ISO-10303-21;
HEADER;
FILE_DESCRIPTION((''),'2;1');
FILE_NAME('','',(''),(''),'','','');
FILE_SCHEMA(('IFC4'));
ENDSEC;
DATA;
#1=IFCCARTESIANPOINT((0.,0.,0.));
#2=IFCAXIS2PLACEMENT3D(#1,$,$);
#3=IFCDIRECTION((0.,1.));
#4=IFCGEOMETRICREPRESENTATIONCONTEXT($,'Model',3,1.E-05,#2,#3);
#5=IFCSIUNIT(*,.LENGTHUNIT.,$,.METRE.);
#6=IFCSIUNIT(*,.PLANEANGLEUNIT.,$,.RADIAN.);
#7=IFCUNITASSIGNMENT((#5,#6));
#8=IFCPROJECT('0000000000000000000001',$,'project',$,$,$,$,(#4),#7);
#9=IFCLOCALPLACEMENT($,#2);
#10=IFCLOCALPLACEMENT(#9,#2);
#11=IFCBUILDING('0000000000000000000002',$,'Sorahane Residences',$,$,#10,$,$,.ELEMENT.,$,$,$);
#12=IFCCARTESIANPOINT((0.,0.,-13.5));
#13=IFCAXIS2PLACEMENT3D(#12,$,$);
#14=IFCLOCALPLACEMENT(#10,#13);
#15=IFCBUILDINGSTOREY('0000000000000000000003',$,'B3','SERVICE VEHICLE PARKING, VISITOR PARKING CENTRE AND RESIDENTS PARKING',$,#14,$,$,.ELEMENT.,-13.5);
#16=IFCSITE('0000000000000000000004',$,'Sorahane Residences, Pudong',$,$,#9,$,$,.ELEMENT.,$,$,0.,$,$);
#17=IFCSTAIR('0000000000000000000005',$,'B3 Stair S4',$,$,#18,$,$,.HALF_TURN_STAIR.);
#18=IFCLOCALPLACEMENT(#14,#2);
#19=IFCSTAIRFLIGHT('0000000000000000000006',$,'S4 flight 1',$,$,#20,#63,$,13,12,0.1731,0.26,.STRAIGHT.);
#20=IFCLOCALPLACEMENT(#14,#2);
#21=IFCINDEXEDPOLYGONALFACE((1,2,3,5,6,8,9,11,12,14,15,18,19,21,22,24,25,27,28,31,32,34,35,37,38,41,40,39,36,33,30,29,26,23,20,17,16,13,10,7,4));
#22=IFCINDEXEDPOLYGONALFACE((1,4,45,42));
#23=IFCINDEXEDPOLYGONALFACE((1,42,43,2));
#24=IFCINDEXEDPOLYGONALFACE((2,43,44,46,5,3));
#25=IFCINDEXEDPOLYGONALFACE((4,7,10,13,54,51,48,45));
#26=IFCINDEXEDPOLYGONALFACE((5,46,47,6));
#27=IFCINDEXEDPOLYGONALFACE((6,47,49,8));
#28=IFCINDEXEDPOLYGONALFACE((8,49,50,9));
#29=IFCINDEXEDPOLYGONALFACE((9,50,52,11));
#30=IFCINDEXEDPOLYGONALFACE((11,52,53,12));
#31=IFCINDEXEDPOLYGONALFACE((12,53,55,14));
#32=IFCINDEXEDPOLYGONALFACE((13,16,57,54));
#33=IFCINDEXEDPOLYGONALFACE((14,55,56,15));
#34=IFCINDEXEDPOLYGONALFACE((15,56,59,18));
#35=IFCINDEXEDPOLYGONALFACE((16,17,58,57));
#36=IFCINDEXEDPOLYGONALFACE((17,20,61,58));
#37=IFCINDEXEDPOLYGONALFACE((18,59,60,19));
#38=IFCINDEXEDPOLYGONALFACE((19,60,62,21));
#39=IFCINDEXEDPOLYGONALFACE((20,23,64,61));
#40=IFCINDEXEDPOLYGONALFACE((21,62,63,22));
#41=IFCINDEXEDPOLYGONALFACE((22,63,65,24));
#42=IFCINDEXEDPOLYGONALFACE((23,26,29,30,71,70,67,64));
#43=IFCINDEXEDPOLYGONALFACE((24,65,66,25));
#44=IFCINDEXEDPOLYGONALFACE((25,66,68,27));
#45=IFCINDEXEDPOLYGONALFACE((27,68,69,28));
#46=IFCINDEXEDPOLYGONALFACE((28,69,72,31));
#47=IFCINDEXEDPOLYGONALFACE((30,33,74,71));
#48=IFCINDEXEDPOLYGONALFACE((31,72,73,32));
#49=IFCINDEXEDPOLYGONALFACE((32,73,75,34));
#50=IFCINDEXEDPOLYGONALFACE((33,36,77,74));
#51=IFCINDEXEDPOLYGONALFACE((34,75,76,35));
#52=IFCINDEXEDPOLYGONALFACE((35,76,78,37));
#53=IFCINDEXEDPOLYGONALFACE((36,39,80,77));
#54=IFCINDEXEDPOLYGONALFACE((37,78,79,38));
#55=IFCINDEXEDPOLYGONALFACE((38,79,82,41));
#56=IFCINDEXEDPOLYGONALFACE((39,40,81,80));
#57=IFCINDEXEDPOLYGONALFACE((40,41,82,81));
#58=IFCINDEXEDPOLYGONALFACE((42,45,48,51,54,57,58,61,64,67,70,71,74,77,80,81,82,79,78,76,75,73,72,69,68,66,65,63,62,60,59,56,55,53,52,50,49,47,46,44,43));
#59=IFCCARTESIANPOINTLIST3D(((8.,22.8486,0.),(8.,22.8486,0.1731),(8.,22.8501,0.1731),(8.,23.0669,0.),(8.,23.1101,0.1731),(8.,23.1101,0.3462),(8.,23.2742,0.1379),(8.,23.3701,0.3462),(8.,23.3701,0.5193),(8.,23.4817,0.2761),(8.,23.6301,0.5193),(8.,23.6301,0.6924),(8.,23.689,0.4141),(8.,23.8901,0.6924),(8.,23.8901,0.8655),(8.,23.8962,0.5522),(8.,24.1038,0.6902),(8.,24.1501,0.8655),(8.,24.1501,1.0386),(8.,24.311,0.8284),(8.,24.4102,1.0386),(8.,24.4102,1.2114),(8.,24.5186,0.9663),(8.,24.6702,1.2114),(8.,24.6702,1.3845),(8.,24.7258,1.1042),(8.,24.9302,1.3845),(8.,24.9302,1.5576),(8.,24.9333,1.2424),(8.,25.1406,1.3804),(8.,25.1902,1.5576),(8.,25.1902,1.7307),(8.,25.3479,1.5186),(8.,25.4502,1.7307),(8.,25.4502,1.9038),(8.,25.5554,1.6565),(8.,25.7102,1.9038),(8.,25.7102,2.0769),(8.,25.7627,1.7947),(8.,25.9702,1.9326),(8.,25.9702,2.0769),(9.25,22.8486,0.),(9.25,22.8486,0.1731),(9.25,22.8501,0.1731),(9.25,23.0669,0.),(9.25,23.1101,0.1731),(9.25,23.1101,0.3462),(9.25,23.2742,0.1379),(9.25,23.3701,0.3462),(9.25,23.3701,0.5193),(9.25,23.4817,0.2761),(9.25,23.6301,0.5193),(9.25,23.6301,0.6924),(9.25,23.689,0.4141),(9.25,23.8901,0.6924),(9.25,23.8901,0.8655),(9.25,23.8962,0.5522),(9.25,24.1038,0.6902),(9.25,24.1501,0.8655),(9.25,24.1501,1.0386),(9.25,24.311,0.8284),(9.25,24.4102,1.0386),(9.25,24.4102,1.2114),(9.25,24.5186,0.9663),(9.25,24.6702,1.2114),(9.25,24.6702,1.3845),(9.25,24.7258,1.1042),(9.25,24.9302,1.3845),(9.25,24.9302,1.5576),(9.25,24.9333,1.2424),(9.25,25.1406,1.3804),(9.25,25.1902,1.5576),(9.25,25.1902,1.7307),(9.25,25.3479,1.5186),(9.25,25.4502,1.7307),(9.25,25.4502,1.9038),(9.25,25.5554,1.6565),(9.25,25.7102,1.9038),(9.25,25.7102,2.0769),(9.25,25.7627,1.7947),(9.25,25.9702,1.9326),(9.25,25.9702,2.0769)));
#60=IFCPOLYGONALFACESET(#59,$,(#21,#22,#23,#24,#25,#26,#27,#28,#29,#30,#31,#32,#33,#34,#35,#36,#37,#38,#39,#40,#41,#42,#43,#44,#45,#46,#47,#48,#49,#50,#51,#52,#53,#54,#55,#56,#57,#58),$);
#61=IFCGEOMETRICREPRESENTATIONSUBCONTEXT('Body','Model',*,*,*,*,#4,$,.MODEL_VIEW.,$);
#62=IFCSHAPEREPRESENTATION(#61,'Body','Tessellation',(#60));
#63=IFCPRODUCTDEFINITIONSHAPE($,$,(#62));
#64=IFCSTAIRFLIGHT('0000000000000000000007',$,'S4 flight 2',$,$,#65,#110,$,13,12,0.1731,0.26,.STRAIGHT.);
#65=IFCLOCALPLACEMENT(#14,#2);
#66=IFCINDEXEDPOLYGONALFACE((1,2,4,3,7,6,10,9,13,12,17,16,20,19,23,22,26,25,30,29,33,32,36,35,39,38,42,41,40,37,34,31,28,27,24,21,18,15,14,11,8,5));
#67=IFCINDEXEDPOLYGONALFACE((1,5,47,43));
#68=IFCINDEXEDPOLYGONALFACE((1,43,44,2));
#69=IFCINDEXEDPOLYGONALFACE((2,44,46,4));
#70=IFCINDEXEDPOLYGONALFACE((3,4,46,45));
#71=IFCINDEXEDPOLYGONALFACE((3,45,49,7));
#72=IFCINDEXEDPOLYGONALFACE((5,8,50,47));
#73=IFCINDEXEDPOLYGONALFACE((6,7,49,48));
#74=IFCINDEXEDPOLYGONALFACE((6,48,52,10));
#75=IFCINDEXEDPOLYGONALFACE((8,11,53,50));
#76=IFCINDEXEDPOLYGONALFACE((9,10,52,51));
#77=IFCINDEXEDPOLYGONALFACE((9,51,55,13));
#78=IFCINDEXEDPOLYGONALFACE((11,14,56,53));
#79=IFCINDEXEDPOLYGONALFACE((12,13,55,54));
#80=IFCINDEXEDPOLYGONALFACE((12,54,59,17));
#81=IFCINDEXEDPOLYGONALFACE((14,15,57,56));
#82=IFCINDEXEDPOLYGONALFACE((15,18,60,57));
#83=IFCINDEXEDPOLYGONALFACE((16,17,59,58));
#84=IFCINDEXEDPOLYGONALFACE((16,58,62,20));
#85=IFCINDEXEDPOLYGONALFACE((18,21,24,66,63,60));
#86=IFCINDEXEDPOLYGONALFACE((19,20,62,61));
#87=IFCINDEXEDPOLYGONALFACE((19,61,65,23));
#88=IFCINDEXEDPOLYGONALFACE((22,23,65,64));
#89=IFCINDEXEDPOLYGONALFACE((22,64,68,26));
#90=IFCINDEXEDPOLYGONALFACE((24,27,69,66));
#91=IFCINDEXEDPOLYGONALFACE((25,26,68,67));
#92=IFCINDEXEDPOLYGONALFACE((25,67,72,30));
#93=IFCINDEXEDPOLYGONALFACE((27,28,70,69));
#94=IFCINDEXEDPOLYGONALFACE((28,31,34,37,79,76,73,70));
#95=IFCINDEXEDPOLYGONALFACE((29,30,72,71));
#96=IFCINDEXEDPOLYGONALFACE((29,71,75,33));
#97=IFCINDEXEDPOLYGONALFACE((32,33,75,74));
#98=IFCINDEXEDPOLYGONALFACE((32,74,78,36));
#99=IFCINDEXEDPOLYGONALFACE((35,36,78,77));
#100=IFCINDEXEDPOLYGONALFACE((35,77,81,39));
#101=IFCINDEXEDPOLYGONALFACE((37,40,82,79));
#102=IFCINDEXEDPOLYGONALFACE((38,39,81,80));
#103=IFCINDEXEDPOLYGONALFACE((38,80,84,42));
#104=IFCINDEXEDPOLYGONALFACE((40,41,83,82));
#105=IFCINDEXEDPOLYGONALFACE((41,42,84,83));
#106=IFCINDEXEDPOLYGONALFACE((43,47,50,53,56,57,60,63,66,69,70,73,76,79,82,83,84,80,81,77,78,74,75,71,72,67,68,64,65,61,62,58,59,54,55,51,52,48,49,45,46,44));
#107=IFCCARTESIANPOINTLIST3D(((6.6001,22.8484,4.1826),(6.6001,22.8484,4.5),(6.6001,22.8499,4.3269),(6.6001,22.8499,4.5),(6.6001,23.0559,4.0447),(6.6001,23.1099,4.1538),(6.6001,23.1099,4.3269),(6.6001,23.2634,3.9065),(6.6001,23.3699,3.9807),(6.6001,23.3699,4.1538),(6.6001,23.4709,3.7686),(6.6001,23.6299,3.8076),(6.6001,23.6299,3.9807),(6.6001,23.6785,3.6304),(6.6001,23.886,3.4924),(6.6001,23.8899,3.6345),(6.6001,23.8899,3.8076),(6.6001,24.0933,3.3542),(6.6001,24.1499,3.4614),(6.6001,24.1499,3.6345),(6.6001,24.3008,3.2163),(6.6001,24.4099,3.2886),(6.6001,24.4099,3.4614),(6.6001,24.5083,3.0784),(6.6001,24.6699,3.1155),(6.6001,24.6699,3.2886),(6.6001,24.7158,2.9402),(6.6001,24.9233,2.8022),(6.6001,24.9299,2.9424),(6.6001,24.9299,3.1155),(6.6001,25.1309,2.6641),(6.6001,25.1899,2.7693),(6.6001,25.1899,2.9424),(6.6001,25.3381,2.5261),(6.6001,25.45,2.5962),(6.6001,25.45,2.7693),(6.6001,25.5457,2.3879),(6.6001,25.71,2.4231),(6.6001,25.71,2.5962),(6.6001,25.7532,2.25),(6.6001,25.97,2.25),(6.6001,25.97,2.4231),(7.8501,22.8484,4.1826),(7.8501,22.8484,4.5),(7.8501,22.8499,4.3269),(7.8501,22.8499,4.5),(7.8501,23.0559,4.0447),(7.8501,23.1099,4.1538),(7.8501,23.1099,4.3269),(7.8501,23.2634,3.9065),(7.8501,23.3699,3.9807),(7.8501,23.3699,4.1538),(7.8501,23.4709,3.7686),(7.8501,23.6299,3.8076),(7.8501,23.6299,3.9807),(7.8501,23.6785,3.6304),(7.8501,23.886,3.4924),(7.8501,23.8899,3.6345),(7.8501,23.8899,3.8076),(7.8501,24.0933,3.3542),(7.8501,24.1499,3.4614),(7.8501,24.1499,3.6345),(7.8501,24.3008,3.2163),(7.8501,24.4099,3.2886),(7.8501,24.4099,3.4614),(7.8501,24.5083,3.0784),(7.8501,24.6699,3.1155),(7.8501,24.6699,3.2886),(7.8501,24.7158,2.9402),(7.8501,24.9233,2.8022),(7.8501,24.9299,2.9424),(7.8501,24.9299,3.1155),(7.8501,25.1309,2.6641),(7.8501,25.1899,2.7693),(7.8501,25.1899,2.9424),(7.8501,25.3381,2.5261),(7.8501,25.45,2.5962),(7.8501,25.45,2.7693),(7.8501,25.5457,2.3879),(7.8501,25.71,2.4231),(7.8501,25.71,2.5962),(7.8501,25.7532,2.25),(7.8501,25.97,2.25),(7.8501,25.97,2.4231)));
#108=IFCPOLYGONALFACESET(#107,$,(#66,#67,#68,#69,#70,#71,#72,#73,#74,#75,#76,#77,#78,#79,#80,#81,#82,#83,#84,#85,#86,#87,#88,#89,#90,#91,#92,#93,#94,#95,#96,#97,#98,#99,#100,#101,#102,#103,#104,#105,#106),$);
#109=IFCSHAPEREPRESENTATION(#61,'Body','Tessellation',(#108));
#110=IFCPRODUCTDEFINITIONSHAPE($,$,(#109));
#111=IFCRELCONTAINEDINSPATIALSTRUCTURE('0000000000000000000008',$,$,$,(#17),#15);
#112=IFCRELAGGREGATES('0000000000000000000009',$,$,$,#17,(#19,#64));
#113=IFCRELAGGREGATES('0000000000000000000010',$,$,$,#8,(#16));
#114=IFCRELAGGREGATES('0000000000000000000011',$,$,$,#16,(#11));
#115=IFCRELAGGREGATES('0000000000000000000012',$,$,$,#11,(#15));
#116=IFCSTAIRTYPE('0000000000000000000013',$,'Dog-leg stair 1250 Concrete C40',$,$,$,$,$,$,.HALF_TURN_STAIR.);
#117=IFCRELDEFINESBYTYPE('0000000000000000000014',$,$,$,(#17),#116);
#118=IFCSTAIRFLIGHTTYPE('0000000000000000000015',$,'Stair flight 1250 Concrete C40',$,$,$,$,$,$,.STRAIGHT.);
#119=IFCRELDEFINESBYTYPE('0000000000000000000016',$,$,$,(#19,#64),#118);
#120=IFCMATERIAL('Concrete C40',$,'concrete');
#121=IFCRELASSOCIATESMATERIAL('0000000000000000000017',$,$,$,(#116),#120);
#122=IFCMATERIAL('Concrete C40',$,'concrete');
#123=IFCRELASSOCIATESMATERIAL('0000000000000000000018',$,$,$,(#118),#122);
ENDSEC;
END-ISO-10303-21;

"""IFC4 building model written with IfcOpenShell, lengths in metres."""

from ifc_helpers import new_model, si_unit, direction, frame, origin, place, context, subcontext, project, spatial, polyline, outline, extrude, material, type_object, element, aggregate, save


model = new_model("IFC4")

# Units and contexts
model_context = context("Model", 3, precision=1e-05, world=origin(), true_north=direction((0.0, 1.0)))
body_context = subcontext(model_context, "Body", "Model", "MODEL_VIEW")
ifc_project = project(units=[si_unit("LENGTHUNIT", "METRE"), si_unit("PLANEANGLEUNIT", "RADIAN")], contexts=[model_context])

# Site, building, storey
site_placement = place(None, origin())
site = spatial("IfcSite", under=ifc_project, at=site_placement, Name="Sorahane Residences, Pudong", CompositionType="ELEMENT", RefElevation=0.0)
building_placement = place(site_placement, origin())
building = spatial("IfcBuilding", under=site, at=building_placement, Name="Sorahane Residences", CompositionType="ELEMENT")
storey_placement = place(building_placement, frame((0.0, 0.0, -13.5)))
storey = spatial("IfcBuildingStorey", under=building, at=storey_placement, Name="B3", Description="SERVICE VEHICLE PARKING, VISITOR PARKING CENTRE AND RESIDENTS PARKING", CompositionType="ELEMENT", Elevation=-13.5)

# Stair, stair flights
ifc_material_1 = material(Name="Concrete C40", Category="concrete")
stair_type = type_object("IfcStairType", Name="Dog-leg stair 1250 Concrete C40", PredefinedType="HALF_TURN_STAIR", material=ifc_material_1)
stair_placement = place(storey_placement, origin())
stair = element("IfcStair", 1, at=stair_placement, inside=storey, type_object=stair_type, Name="B3 Stair S4", PredefinedType="HALF_TURN_STAIR")
ifc_material_2 = material(Name="Concrete C40", Category="concrete")
stair_flight_type = type_object("IfcStairFlightType", Name="Stair flight 1250 Concrete C40", PredefinedType="STRAIGHT", material=ifc_material_2)
stair_flight_1_placement = place(storey_placement, frame((8.625, 22.8501, 0.0), z_axis=(0.0, 0.0, 1.0), x_axis=(0.0, 1.0, 0.0)))
stair_flight_1 = element("IfcStairFlight", 2, at=stair_flight_1_placement, type_object=stair_flight_type, Name="S4 flight 1", NumberOfRisers=13, NumberOfTreads=12, PredefinedType="STRAIGHT", RiserHeight=0.1731, TreadLength=0.26, context=body_context, shape_type="SweptSolid", body=[
    extrude(outline(polyline([(-0.0015, 0.0), (-0.0015, 0.1731), (0.0, 0.1731), (0.26, 0.1731), (0.26, 0.3462), (0.52, 0.3462), (0.52, 0.5193), (0.78, 0.5193), (0.78, 0.6924), (1.04, 0.6924), (1.04, 0.8655), (1.3, 0.8655), (1.3, 1.0386), (1.5601, 1.0386), (1.5601, 1.2114), (1.8201, 1.2114), (1.8201, 1.3845), (2.0801, 1.3845), (2.0801, 1.5576), (2.3401, 1.5576), (2.3401, 1.7307), (2.6001, 1.7307), (2.6001, 1.9038), (2.8601, 1.9038), (2.8601, 2.0769), (3.1201, 2.0769), (3.1201, 2.25), (3.1201, 1.9326), (2.9126, 1.7947), (2.7053, 1.6565), (2.4978, 1.5186), (2.2905, 1.3804), (2.0833, 1.2424), (1.8757, 1.1042), (1.6685, 0.9663), (1.4609, 0.8284), (1.2537, 0.6902), (1.0461, 0.5522), (0.8389, 0.4141), (0.6316, 0.2761), (0.4241, 0.1379), (0.2168, 0.0), (-0.0015, 0.0)])), frame((0.0, 0.625, 0.0), z_axis=(0.0, -1.0, 0.0), x_axis=(1.0, 0.0, 0.0)), (0.0, 0.0, 1.0), 1.25),
])
stair_flight_2_placement = place(storey_placement, frame((7.2251, 25.97, 2.25), z_axis=(0.0, 0.0, 1.0), x_axis=(0.0, -1.0, 0.0)))
stair_flight_2 = element("IfcStairFlight", 3, at=stair_flight_2_placement, type_object=stair_flight_type, Name="S4 flight 2", NumberOfRisers=13, NumberOfTreads=12, PredefinedType="STRAIGHT", RiserHeight=0.1731, TreadLength=0.26, context=body_context, shape_type="SweptSolid", body=[
    extrude(outline(polyline([(0.0, 0.0), (0.0, 0.1731), (0.26, 0.1731), (0.26, 0.3462), (0.52, 0.3462), (0.52, 0.5193), (0.78, 0.5193), (0.78, 0.6924), (1.04, 0.6924), (1.04, 0.8655), (1.3, 0.8655), (1.3, 1.0386), (1.5601, 1.0386), (1.5601, 1.2114), (1.8201, 1.2114), (1.8201, 1.3845), (2.0801, 1.3845), (2.0801, 1.5576), (2.3401, 1.5576), (2.3401, 1.7307), (2.6001, 1.7307), (2.6001, 1.9038), (2.8601, 1.9038), (2.8601, 2.0769), (3.1201, 2.0769), (3.1201, 2.25), (3.1216, 2.25), (3.1216, 1.9326), (2.9141, 1.7947), (2.7065, 1.6565), (2.499, 1.5186), (2.2915, 1.3804), (2.084, 1.2424), (1.8767, 1.1042), (1.6692, 0.9663), (1.4617, 0.8284), (1.2542, 0.6902), (1.0466, 0.5522), (0.8391, 0.4141), (0.6318, 0.2761), (0.4243, 0.1379), (0.2168, 0.0), (0.0, 0.0)])), frame((0.0, 0.625, 0.0), z_axis=(0.0, -1.0, 0.0), x_axis=(1.0, 0.0, 0.0)), (0.0, 0.0, 1.0), 1.25),
])
aggregate(stair, [stair_flight_1, stair_flight_2])

save(model, "model.ifc")
